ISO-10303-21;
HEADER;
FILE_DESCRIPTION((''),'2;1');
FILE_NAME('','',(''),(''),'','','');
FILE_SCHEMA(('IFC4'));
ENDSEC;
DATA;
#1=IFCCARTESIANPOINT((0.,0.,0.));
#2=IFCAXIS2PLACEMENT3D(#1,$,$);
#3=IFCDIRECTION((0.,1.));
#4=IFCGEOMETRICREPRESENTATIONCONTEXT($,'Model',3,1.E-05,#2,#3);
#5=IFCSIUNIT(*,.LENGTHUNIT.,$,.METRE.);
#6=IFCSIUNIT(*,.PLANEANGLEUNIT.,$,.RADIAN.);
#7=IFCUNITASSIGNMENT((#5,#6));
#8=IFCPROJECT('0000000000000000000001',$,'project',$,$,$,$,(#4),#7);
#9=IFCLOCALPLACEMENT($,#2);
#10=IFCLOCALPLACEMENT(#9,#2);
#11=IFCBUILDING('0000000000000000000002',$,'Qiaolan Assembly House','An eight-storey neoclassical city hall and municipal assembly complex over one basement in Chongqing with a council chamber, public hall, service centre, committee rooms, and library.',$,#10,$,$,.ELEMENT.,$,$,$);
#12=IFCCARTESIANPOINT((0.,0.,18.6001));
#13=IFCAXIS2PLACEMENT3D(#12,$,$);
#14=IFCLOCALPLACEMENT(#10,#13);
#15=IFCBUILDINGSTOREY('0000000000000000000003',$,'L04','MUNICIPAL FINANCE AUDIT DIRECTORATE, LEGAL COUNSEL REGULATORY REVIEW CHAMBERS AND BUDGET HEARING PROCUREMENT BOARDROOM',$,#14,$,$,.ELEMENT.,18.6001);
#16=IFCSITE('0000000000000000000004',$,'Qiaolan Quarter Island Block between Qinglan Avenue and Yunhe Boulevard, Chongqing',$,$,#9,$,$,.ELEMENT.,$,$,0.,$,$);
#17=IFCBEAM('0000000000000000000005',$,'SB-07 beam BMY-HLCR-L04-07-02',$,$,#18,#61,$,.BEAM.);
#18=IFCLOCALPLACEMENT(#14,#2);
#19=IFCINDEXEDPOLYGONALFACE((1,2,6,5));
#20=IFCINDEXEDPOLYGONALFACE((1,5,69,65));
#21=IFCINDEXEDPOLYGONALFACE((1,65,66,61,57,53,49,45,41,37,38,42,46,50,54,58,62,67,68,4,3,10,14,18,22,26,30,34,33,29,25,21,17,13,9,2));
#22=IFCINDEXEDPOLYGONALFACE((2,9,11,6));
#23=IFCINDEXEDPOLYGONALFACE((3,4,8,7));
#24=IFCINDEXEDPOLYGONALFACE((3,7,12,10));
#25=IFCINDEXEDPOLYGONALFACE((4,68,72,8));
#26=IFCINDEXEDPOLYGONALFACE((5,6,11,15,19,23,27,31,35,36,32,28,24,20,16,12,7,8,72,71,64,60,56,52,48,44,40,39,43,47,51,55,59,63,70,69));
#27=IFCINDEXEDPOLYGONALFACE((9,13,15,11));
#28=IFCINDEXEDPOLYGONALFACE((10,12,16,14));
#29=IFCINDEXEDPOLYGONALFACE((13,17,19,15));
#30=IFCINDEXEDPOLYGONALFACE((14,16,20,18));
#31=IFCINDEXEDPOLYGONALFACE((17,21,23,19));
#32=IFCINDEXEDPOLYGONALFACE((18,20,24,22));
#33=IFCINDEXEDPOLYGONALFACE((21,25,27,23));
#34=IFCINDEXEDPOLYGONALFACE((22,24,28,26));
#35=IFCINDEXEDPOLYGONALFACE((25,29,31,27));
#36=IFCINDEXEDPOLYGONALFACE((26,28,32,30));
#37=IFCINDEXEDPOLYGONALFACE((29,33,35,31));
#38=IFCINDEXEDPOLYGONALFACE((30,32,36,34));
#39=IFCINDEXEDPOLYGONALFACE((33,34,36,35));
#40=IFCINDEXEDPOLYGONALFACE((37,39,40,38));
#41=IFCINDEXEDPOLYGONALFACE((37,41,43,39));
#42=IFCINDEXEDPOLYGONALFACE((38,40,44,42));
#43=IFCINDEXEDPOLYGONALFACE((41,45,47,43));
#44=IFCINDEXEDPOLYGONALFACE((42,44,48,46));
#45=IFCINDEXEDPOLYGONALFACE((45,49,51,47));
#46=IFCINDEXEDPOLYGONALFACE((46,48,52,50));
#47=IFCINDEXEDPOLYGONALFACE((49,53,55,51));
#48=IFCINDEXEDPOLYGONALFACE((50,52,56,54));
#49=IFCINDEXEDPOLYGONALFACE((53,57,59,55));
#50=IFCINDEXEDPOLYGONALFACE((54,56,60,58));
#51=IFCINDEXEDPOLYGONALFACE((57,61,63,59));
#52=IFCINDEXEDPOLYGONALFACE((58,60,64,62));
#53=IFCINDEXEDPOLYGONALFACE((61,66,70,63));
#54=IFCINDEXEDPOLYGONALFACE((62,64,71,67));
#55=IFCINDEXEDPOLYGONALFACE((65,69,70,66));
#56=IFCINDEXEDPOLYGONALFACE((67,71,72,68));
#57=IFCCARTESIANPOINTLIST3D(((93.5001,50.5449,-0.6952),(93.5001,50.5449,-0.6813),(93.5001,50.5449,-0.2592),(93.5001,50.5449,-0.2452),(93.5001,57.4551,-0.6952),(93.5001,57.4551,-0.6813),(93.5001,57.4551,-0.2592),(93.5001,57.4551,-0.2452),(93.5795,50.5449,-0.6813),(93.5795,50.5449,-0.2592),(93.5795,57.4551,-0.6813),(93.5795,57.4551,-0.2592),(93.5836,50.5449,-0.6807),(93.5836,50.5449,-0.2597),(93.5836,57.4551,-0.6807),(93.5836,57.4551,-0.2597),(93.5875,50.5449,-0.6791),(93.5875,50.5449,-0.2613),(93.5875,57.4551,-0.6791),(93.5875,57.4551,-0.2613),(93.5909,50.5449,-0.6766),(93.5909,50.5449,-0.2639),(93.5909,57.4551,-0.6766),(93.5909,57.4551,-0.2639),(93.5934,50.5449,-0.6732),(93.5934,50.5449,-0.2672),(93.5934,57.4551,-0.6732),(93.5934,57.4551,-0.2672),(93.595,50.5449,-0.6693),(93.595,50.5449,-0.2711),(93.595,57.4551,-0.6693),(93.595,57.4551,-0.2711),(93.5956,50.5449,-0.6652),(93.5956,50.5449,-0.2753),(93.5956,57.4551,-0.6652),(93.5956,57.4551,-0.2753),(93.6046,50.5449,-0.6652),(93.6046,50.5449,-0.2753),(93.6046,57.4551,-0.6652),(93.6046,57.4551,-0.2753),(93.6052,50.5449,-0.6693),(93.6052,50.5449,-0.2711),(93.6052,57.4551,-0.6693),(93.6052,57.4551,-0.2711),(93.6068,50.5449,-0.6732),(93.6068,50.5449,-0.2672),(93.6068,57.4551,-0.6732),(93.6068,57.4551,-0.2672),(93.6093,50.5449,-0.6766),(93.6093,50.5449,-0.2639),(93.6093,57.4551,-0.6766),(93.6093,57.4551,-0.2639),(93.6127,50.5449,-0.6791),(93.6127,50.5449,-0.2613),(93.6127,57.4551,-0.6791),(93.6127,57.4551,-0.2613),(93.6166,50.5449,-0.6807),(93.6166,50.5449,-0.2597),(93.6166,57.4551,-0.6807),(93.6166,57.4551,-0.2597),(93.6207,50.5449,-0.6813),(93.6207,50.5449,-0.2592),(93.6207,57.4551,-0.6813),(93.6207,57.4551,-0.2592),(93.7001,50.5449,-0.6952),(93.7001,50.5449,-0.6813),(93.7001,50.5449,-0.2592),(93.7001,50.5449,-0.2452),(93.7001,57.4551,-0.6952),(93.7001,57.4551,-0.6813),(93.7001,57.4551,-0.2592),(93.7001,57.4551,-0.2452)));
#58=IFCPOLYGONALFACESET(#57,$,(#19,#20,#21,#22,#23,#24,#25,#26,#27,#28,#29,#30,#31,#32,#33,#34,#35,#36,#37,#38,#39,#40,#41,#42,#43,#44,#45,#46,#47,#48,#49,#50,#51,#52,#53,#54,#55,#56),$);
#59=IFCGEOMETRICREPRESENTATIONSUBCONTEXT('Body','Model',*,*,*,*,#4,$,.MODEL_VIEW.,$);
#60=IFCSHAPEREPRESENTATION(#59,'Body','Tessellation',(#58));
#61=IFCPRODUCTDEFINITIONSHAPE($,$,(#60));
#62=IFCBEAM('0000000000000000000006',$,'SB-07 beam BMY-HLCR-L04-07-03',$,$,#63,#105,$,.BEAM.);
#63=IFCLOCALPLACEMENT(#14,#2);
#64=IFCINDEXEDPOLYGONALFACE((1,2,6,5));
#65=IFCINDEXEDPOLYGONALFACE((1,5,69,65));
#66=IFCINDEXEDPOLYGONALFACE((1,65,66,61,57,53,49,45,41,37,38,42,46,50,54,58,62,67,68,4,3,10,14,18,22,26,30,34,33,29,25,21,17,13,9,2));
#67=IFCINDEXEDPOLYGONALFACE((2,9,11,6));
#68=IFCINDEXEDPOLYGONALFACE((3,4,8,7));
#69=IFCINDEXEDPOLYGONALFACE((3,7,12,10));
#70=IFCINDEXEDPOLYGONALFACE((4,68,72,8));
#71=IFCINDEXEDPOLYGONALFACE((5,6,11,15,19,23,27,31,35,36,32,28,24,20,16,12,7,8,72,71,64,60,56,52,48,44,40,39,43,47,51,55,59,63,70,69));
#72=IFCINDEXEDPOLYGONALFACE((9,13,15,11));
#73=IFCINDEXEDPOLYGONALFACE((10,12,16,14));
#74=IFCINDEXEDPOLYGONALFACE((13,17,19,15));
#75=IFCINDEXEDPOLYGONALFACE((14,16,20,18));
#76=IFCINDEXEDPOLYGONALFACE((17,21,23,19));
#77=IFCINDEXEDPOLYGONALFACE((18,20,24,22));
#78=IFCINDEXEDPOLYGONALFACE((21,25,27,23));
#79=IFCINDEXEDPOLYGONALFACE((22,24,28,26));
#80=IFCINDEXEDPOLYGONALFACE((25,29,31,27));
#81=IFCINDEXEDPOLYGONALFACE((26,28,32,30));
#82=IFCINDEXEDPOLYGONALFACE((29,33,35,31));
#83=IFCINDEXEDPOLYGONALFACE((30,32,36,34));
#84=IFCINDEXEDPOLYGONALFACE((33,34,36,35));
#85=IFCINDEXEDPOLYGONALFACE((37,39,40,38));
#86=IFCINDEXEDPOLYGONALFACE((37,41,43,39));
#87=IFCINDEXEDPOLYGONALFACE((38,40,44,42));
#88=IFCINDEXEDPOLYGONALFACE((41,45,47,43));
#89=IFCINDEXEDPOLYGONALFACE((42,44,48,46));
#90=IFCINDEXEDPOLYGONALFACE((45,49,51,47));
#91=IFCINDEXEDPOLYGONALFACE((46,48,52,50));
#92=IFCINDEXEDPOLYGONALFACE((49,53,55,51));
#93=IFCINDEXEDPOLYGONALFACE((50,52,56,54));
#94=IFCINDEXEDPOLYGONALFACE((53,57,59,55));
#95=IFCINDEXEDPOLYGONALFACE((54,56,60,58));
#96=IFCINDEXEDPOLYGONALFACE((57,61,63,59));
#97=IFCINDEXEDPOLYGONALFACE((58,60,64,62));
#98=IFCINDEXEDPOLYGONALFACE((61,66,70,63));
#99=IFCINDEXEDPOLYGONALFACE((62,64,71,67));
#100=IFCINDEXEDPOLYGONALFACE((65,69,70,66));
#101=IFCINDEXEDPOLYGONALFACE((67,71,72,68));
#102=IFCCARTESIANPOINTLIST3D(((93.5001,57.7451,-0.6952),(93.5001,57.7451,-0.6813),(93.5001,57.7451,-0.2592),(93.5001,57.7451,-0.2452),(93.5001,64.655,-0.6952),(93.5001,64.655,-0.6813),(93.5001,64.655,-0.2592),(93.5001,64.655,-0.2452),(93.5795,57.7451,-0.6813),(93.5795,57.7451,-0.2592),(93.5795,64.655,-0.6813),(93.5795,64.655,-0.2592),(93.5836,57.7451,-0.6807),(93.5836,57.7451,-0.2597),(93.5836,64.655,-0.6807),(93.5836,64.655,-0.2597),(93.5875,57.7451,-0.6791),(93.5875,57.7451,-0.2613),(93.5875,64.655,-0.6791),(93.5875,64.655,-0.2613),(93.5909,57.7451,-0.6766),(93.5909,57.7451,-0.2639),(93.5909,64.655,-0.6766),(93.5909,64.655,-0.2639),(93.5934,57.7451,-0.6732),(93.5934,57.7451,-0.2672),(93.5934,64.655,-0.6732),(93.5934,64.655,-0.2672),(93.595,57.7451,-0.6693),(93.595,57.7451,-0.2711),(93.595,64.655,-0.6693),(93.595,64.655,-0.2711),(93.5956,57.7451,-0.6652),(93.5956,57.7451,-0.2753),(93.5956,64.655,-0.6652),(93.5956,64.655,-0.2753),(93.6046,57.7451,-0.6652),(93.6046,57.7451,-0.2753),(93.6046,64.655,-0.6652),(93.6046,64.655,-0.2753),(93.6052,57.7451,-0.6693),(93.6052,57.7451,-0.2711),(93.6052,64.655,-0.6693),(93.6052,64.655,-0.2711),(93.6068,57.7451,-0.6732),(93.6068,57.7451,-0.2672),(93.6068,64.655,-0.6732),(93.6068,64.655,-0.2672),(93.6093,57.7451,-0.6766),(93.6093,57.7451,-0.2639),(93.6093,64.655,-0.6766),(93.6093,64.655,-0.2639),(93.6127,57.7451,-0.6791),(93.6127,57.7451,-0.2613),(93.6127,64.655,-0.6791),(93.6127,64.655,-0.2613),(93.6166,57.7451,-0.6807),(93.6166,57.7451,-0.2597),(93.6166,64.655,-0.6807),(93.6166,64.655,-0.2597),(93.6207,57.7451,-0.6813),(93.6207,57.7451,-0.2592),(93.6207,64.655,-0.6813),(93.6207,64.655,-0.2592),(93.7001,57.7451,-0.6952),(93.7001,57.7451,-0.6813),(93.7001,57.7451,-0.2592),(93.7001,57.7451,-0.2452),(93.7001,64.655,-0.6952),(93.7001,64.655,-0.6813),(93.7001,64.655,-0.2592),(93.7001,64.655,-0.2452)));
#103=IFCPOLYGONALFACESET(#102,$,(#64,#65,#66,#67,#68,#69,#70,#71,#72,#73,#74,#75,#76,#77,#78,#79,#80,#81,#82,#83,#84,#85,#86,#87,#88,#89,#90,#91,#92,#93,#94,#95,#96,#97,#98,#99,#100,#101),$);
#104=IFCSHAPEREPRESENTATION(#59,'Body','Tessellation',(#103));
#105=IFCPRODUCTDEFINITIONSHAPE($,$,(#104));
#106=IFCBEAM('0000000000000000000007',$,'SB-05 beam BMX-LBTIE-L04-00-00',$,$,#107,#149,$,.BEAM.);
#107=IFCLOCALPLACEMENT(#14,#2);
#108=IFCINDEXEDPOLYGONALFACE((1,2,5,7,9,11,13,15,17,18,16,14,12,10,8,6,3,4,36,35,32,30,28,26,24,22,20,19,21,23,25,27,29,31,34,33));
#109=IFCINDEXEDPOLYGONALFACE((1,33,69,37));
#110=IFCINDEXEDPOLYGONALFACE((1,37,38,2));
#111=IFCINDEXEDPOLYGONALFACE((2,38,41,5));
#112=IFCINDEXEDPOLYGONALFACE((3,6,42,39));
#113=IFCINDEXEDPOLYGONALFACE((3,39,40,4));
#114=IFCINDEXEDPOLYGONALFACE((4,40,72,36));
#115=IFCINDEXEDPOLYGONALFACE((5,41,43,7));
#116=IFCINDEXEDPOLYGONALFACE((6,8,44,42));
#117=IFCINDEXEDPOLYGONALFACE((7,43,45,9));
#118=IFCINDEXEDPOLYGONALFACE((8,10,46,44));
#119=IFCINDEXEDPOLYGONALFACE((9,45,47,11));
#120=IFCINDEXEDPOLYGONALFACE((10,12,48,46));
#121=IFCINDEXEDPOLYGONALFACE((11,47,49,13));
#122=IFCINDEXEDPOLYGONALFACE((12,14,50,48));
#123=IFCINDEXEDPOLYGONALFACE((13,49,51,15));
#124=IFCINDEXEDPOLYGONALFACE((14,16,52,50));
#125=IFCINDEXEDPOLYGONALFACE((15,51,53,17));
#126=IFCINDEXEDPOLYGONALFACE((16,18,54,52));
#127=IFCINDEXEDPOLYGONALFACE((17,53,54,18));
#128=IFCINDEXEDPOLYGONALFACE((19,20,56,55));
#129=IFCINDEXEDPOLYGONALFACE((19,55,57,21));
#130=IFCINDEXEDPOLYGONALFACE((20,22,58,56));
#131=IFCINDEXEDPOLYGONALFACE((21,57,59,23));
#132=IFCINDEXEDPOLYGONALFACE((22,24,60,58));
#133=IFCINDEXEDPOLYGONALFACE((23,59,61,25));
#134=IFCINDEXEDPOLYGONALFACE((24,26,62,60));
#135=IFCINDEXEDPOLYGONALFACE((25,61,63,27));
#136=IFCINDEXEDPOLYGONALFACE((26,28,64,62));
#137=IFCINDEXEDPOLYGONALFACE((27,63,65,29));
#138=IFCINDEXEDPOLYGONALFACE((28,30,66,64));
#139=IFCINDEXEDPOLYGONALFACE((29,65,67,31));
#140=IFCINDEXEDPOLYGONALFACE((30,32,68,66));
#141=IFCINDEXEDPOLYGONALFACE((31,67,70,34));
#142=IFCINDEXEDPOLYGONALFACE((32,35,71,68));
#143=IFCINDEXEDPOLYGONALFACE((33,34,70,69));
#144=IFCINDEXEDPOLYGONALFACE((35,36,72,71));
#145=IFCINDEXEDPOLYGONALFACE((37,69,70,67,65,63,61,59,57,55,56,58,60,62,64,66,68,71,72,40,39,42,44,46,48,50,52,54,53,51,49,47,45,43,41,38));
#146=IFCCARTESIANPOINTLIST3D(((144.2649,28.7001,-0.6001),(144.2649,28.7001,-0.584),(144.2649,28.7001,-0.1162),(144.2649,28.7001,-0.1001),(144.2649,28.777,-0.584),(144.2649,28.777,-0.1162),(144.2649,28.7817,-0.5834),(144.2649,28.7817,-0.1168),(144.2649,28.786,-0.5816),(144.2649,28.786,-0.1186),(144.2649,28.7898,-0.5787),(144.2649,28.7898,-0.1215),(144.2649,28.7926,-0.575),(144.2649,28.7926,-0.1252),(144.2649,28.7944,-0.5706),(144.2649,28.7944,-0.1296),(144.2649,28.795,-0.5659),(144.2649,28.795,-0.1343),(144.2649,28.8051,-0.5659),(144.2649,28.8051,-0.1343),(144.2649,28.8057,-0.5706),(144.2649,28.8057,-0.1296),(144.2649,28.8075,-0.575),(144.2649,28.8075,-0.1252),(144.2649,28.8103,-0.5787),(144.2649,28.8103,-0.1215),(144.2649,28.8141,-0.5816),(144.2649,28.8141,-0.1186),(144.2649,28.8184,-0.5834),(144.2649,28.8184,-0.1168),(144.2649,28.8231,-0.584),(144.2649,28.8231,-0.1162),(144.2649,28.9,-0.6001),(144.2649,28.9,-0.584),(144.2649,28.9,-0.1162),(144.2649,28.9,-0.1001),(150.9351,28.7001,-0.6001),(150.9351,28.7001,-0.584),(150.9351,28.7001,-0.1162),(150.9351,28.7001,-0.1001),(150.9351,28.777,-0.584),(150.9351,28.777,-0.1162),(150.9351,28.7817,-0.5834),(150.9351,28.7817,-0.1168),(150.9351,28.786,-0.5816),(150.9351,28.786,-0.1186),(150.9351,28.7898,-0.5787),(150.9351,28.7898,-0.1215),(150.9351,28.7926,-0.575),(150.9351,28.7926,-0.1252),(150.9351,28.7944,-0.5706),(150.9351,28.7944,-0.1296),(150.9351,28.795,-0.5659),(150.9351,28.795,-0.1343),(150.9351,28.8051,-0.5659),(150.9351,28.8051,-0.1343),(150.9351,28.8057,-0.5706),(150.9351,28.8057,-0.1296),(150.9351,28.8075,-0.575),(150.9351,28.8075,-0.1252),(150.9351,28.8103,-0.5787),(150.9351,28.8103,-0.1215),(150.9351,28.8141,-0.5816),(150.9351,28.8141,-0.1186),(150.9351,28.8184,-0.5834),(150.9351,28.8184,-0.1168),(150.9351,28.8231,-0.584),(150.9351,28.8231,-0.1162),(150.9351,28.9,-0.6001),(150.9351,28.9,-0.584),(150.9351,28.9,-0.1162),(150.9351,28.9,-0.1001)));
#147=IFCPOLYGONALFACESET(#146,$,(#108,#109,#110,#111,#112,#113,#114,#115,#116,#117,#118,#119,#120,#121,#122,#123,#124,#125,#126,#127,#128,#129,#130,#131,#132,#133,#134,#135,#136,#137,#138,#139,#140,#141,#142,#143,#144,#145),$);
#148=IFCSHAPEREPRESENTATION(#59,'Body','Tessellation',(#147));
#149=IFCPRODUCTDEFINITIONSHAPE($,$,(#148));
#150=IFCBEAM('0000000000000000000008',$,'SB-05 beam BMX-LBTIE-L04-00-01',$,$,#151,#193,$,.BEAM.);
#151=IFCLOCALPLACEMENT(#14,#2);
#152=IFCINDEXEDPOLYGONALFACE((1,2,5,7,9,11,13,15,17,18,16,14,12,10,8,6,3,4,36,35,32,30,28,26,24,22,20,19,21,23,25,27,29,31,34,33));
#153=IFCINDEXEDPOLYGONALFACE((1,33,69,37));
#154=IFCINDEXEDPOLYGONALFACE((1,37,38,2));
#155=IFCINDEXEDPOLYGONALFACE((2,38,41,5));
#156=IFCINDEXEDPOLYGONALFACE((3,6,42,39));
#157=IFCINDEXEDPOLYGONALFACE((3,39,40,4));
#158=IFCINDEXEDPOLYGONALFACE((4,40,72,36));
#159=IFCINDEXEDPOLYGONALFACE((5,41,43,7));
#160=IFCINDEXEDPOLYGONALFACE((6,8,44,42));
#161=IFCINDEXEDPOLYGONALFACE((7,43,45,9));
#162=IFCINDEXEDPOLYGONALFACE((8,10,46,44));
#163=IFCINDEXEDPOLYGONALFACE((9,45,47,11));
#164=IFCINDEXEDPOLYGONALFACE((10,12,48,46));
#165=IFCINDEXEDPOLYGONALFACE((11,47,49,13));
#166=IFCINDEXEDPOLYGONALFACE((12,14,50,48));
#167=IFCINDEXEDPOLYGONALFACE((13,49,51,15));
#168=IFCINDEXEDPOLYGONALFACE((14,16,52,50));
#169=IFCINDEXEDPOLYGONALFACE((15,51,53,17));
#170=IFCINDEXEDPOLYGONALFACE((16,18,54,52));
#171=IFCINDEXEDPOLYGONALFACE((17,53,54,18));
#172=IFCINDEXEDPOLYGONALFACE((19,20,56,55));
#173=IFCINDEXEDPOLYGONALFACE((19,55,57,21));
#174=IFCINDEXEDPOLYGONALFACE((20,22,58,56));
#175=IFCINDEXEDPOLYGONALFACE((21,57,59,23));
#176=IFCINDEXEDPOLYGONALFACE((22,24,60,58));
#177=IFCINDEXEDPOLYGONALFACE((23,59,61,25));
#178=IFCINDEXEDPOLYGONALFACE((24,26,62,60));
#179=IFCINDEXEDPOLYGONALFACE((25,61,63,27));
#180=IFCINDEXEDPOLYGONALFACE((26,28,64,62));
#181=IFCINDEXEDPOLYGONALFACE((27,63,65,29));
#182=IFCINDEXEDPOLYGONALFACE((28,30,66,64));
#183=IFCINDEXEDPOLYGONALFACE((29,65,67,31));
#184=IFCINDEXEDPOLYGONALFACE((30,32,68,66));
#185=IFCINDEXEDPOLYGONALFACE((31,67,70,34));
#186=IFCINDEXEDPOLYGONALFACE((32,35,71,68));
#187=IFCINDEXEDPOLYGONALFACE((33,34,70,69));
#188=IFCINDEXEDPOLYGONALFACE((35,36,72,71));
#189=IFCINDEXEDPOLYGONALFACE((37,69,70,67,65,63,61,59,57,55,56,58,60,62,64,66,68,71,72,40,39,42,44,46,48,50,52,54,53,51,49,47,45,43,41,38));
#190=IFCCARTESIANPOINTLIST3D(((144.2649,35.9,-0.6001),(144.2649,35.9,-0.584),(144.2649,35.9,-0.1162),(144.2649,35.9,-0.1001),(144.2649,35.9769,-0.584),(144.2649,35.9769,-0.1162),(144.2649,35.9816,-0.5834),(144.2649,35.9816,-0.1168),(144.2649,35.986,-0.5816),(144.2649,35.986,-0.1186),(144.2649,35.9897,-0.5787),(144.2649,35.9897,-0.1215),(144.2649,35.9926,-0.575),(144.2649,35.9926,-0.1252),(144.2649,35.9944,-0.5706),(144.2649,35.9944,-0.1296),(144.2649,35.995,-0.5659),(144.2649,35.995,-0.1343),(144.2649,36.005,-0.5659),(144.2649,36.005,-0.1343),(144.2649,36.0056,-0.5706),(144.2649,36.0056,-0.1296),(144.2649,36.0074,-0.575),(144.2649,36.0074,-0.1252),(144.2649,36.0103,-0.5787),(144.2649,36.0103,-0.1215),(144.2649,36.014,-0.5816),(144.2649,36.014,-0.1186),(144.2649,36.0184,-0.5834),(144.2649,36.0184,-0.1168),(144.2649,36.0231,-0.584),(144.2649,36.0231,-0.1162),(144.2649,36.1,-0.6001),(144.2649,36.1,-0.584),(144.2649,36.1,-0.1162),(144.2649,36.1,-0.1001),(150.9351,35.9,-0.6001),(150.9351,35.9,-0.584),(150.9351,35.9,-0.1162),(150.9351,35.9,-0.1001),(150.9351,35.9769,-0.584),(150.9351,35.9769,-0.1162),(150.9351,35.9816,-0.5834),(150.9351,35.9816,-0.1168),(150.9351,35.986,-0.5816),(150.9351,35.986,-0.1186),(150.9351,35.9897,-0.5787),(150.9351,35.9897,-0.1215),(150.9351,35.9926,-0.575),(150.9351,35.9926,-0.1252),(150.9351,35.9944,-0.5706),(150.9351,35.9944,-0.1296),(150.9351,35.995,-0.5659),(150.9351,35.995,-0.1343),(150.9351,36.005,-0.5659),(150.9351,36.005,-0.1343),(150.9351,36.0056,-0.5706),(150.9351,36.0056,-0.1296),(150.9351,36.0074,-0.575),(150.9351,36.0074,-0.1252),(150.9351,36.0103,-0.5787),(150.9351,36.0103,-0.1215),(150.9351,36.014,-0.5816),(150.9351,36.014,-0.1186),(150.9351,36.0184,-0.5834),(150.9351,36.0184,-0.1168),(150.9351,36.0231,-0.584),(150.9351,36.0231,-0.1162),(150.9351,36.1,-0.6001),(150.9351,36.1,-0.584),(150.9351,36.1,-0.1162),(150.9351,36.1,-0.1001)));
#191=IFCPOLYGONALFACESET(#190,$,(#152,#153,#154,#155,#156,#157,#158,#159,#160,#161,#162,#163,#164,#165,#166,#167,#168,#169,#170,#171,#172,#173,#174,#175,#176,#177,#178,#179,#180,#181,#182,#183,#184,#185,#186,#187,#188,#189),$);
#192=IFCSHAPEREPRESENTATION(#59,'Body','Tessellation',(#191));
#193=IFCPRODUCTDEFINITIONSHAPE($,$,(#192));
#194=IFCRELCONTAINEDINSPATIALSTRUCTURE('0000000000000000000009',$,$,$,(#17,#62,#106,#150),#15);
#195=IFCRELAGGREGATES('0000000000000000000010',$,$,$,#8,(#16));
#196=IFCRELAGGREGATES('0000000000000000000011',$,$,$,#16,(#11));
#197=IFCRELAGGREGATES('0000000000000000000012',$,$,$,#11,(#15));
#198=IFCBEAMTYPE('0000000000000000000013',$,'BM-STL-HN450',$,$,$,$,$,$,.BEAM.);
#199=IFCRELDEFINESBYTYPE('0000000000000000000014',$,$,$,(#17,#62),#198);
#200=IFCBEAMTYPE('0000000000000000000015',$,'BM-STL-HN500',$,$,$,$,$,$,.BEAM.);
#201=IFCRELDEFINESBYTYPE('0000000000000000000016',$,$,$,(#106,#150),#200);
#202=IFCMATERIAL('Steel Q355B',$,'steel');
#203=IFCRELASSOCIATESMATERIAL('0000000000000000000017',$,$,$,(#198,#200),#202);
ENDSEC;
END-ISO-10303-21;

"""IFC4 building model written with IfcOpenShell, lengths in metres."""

from ifc_helpers import new_model, si_unit, direction, frame, origin, origin_2d, place, context, subcontext, project, spatial, i_section, extrude, material, material_profile, profile_set, type_object, element, save


model = new_model("IFC4")

# Units and contexts
model_context = context("Model", 3, precision=1e-05, world=origin(), true_north=direction((0.0, 1.0)))
body_context = subcontext(model_context, "Body", "Model", "MODEL_VIEW")
ifc_project = project(units=[si_unit("LENGTHUNIT", "METRE"), si_unit("PLANEANGLEUNIT", "RADIAN")], contexts=[model_context])

# Site, building, storey
site_placement = place(None, origin())
site = spatial("IfcSite", under=ifc_project, at=site_placement, Name="Qiaolan Quarter Island Block between Qinglan Avenue and Yunhe Boulevard, Chongqing", CompositionType="ELEMENT", RefElevation=0.0)
building_placement = place(site_placement, origin())
building = spatial("IfcBuilding", under=site, at=building_placement, Name="Qiaolan Assembly House", Description="An eight-storey neoclassical city hall and municipal assembly complex over one basement in Chongqing with a council chamber, public hall, service centre, committee rooms, and library.", CompositionType="ELEMENT")
storey_placement = place(building_placement, frame((0.0, 0.0, 18.6001)))
storey = spatial("IfcBuildingStorey", under=building, at=storey_placement, Name="L04", Description="MUNICIPAL FINANCE AUDIT DIRECTORATE, LEGAL COUNSEL REGULATORY REVIEW CHAMBERS AND BUDGET HEARING PROCUREMENT BOARDROOM", CompositionType="ELEMENT", Elevation=18.6001)

# Beams
ifc_material_1 = material(Name="Steel Q355B", Category="steel")
ifc_material_profile_1 = material_profile(ifc_material_1, i_section(OverallWidth=0.2, OverallDepth=0.45, WebThickness=0.009, FlangeThickness=0.0139, FilletRadius=0.0161, at=origin_2d()), Name="HN 450x200x9x14")
ifc_profile_set_1 = profile_set([ifc_material_profile_1], Name="Steel Q355B")
beam_type_1 = type_object("IfcBeamType", Name="BM-STL-HN450", PredefinedType="BEAM", material=ifc_profile_set_1)
beam_1_placement = place(storey_placement, frame((93.6001, 50.5449, -0.4702), z_axis=(0.0, 1.0, 0.0), x_axis=(-1.0, 0.0, 0.0)))
element("IfcBeam", 1, at=beam_1_placement, inside=storey, type_object=beam_type_1, Name="SB-07 beam BMY-HLCR-L04-07-02", PredefinedType="BEAM", context=body_context, shape_type="SweptSolid", body=[
    extrude(i_section(OverallWidth=0.2, OverallDepth=0.45, WebThickness=0.009, FlangeThickness=0.0139, FilletRadius=0.0161, at=origin_2d()), origin(), (0.0, 0.0, 1.0), 6.9102),
])
beam_2_placement = place(storey_placement, frame((93.6001, 57.7451, -0.4702), z_axis=(0.0, 1.0, 0.0), x_axis=(-1.0, 0.0, 0.0)))
element("IfcBeam", 2, at=beam_2_placement, inside=storey, type_object=beam_type_1, Name="SB-07 beam BMY-HLCR-L04-07-03", PredefinedType="BEAM", context=body_context, shape_type="SweptSolid", body=[
    extrude(i_section(OverallWidth=0.2, OverallDepth=0.45, WebThickness=0.009, FlangeThickness=0.0139, FilletRadius=0.0161, at=origin_2d()), origin(), (0.0, 0.0, 1.0), 6.9099),
])
ifc_material_profile_2 = material_profile(ifc_material_1, i_section(OverallWidth=0.2, OverallDepth=0.5, WebThickness=0.01, FlangeThickness=0.0161, FilletRadius=0.0181, at=origin_2d()), Name="HN 500x200x10x16")
ifc_profile_set_2 = profile_set([ifc_material_profile_2], Name="Steel Q355B")
beam_type_2 = type_object("IfcBeamType", Name="BM-STL-HN500", PredefinedType="BEAM", material=ifc_profile_set_2)
for number, where, z_axis, x_axis, name in (
    (3, (144.2649, 28.8, -0.3501), (1.0, 0.0, 0.0), (0.0, 1.0, 0.0), "SB-05 beam BMX-LBTIE-L04-00-00"),
    (4, (144.2649, 36.0, -0.3501), (1.0, 0.0, 0.0), (0.0, 1.0, 0.0), "SB-05 beam BMX-LBTIE-L04-00-01"),
):
    element("IfcBeam", number, at=place(storey_placement, frame(where, z_axis=z_axis, x_axis=x_axis)), inside=storey, type_object=beam_type_2, Name=name, PredefinedType="BEAM", context=body_context, shape_type="SweptSolid", body=[
        extrude(i_section(OverallWidth=0.2, OverallDepth=0.5, WebThickness=0.01, FlangeThickness=0.0161, FilletRadius=0.0181, at=origin_2d()), origin(), (0.0, 0.0, 1.0), 6.6702),
    ])

save(model, "model.ifc")
